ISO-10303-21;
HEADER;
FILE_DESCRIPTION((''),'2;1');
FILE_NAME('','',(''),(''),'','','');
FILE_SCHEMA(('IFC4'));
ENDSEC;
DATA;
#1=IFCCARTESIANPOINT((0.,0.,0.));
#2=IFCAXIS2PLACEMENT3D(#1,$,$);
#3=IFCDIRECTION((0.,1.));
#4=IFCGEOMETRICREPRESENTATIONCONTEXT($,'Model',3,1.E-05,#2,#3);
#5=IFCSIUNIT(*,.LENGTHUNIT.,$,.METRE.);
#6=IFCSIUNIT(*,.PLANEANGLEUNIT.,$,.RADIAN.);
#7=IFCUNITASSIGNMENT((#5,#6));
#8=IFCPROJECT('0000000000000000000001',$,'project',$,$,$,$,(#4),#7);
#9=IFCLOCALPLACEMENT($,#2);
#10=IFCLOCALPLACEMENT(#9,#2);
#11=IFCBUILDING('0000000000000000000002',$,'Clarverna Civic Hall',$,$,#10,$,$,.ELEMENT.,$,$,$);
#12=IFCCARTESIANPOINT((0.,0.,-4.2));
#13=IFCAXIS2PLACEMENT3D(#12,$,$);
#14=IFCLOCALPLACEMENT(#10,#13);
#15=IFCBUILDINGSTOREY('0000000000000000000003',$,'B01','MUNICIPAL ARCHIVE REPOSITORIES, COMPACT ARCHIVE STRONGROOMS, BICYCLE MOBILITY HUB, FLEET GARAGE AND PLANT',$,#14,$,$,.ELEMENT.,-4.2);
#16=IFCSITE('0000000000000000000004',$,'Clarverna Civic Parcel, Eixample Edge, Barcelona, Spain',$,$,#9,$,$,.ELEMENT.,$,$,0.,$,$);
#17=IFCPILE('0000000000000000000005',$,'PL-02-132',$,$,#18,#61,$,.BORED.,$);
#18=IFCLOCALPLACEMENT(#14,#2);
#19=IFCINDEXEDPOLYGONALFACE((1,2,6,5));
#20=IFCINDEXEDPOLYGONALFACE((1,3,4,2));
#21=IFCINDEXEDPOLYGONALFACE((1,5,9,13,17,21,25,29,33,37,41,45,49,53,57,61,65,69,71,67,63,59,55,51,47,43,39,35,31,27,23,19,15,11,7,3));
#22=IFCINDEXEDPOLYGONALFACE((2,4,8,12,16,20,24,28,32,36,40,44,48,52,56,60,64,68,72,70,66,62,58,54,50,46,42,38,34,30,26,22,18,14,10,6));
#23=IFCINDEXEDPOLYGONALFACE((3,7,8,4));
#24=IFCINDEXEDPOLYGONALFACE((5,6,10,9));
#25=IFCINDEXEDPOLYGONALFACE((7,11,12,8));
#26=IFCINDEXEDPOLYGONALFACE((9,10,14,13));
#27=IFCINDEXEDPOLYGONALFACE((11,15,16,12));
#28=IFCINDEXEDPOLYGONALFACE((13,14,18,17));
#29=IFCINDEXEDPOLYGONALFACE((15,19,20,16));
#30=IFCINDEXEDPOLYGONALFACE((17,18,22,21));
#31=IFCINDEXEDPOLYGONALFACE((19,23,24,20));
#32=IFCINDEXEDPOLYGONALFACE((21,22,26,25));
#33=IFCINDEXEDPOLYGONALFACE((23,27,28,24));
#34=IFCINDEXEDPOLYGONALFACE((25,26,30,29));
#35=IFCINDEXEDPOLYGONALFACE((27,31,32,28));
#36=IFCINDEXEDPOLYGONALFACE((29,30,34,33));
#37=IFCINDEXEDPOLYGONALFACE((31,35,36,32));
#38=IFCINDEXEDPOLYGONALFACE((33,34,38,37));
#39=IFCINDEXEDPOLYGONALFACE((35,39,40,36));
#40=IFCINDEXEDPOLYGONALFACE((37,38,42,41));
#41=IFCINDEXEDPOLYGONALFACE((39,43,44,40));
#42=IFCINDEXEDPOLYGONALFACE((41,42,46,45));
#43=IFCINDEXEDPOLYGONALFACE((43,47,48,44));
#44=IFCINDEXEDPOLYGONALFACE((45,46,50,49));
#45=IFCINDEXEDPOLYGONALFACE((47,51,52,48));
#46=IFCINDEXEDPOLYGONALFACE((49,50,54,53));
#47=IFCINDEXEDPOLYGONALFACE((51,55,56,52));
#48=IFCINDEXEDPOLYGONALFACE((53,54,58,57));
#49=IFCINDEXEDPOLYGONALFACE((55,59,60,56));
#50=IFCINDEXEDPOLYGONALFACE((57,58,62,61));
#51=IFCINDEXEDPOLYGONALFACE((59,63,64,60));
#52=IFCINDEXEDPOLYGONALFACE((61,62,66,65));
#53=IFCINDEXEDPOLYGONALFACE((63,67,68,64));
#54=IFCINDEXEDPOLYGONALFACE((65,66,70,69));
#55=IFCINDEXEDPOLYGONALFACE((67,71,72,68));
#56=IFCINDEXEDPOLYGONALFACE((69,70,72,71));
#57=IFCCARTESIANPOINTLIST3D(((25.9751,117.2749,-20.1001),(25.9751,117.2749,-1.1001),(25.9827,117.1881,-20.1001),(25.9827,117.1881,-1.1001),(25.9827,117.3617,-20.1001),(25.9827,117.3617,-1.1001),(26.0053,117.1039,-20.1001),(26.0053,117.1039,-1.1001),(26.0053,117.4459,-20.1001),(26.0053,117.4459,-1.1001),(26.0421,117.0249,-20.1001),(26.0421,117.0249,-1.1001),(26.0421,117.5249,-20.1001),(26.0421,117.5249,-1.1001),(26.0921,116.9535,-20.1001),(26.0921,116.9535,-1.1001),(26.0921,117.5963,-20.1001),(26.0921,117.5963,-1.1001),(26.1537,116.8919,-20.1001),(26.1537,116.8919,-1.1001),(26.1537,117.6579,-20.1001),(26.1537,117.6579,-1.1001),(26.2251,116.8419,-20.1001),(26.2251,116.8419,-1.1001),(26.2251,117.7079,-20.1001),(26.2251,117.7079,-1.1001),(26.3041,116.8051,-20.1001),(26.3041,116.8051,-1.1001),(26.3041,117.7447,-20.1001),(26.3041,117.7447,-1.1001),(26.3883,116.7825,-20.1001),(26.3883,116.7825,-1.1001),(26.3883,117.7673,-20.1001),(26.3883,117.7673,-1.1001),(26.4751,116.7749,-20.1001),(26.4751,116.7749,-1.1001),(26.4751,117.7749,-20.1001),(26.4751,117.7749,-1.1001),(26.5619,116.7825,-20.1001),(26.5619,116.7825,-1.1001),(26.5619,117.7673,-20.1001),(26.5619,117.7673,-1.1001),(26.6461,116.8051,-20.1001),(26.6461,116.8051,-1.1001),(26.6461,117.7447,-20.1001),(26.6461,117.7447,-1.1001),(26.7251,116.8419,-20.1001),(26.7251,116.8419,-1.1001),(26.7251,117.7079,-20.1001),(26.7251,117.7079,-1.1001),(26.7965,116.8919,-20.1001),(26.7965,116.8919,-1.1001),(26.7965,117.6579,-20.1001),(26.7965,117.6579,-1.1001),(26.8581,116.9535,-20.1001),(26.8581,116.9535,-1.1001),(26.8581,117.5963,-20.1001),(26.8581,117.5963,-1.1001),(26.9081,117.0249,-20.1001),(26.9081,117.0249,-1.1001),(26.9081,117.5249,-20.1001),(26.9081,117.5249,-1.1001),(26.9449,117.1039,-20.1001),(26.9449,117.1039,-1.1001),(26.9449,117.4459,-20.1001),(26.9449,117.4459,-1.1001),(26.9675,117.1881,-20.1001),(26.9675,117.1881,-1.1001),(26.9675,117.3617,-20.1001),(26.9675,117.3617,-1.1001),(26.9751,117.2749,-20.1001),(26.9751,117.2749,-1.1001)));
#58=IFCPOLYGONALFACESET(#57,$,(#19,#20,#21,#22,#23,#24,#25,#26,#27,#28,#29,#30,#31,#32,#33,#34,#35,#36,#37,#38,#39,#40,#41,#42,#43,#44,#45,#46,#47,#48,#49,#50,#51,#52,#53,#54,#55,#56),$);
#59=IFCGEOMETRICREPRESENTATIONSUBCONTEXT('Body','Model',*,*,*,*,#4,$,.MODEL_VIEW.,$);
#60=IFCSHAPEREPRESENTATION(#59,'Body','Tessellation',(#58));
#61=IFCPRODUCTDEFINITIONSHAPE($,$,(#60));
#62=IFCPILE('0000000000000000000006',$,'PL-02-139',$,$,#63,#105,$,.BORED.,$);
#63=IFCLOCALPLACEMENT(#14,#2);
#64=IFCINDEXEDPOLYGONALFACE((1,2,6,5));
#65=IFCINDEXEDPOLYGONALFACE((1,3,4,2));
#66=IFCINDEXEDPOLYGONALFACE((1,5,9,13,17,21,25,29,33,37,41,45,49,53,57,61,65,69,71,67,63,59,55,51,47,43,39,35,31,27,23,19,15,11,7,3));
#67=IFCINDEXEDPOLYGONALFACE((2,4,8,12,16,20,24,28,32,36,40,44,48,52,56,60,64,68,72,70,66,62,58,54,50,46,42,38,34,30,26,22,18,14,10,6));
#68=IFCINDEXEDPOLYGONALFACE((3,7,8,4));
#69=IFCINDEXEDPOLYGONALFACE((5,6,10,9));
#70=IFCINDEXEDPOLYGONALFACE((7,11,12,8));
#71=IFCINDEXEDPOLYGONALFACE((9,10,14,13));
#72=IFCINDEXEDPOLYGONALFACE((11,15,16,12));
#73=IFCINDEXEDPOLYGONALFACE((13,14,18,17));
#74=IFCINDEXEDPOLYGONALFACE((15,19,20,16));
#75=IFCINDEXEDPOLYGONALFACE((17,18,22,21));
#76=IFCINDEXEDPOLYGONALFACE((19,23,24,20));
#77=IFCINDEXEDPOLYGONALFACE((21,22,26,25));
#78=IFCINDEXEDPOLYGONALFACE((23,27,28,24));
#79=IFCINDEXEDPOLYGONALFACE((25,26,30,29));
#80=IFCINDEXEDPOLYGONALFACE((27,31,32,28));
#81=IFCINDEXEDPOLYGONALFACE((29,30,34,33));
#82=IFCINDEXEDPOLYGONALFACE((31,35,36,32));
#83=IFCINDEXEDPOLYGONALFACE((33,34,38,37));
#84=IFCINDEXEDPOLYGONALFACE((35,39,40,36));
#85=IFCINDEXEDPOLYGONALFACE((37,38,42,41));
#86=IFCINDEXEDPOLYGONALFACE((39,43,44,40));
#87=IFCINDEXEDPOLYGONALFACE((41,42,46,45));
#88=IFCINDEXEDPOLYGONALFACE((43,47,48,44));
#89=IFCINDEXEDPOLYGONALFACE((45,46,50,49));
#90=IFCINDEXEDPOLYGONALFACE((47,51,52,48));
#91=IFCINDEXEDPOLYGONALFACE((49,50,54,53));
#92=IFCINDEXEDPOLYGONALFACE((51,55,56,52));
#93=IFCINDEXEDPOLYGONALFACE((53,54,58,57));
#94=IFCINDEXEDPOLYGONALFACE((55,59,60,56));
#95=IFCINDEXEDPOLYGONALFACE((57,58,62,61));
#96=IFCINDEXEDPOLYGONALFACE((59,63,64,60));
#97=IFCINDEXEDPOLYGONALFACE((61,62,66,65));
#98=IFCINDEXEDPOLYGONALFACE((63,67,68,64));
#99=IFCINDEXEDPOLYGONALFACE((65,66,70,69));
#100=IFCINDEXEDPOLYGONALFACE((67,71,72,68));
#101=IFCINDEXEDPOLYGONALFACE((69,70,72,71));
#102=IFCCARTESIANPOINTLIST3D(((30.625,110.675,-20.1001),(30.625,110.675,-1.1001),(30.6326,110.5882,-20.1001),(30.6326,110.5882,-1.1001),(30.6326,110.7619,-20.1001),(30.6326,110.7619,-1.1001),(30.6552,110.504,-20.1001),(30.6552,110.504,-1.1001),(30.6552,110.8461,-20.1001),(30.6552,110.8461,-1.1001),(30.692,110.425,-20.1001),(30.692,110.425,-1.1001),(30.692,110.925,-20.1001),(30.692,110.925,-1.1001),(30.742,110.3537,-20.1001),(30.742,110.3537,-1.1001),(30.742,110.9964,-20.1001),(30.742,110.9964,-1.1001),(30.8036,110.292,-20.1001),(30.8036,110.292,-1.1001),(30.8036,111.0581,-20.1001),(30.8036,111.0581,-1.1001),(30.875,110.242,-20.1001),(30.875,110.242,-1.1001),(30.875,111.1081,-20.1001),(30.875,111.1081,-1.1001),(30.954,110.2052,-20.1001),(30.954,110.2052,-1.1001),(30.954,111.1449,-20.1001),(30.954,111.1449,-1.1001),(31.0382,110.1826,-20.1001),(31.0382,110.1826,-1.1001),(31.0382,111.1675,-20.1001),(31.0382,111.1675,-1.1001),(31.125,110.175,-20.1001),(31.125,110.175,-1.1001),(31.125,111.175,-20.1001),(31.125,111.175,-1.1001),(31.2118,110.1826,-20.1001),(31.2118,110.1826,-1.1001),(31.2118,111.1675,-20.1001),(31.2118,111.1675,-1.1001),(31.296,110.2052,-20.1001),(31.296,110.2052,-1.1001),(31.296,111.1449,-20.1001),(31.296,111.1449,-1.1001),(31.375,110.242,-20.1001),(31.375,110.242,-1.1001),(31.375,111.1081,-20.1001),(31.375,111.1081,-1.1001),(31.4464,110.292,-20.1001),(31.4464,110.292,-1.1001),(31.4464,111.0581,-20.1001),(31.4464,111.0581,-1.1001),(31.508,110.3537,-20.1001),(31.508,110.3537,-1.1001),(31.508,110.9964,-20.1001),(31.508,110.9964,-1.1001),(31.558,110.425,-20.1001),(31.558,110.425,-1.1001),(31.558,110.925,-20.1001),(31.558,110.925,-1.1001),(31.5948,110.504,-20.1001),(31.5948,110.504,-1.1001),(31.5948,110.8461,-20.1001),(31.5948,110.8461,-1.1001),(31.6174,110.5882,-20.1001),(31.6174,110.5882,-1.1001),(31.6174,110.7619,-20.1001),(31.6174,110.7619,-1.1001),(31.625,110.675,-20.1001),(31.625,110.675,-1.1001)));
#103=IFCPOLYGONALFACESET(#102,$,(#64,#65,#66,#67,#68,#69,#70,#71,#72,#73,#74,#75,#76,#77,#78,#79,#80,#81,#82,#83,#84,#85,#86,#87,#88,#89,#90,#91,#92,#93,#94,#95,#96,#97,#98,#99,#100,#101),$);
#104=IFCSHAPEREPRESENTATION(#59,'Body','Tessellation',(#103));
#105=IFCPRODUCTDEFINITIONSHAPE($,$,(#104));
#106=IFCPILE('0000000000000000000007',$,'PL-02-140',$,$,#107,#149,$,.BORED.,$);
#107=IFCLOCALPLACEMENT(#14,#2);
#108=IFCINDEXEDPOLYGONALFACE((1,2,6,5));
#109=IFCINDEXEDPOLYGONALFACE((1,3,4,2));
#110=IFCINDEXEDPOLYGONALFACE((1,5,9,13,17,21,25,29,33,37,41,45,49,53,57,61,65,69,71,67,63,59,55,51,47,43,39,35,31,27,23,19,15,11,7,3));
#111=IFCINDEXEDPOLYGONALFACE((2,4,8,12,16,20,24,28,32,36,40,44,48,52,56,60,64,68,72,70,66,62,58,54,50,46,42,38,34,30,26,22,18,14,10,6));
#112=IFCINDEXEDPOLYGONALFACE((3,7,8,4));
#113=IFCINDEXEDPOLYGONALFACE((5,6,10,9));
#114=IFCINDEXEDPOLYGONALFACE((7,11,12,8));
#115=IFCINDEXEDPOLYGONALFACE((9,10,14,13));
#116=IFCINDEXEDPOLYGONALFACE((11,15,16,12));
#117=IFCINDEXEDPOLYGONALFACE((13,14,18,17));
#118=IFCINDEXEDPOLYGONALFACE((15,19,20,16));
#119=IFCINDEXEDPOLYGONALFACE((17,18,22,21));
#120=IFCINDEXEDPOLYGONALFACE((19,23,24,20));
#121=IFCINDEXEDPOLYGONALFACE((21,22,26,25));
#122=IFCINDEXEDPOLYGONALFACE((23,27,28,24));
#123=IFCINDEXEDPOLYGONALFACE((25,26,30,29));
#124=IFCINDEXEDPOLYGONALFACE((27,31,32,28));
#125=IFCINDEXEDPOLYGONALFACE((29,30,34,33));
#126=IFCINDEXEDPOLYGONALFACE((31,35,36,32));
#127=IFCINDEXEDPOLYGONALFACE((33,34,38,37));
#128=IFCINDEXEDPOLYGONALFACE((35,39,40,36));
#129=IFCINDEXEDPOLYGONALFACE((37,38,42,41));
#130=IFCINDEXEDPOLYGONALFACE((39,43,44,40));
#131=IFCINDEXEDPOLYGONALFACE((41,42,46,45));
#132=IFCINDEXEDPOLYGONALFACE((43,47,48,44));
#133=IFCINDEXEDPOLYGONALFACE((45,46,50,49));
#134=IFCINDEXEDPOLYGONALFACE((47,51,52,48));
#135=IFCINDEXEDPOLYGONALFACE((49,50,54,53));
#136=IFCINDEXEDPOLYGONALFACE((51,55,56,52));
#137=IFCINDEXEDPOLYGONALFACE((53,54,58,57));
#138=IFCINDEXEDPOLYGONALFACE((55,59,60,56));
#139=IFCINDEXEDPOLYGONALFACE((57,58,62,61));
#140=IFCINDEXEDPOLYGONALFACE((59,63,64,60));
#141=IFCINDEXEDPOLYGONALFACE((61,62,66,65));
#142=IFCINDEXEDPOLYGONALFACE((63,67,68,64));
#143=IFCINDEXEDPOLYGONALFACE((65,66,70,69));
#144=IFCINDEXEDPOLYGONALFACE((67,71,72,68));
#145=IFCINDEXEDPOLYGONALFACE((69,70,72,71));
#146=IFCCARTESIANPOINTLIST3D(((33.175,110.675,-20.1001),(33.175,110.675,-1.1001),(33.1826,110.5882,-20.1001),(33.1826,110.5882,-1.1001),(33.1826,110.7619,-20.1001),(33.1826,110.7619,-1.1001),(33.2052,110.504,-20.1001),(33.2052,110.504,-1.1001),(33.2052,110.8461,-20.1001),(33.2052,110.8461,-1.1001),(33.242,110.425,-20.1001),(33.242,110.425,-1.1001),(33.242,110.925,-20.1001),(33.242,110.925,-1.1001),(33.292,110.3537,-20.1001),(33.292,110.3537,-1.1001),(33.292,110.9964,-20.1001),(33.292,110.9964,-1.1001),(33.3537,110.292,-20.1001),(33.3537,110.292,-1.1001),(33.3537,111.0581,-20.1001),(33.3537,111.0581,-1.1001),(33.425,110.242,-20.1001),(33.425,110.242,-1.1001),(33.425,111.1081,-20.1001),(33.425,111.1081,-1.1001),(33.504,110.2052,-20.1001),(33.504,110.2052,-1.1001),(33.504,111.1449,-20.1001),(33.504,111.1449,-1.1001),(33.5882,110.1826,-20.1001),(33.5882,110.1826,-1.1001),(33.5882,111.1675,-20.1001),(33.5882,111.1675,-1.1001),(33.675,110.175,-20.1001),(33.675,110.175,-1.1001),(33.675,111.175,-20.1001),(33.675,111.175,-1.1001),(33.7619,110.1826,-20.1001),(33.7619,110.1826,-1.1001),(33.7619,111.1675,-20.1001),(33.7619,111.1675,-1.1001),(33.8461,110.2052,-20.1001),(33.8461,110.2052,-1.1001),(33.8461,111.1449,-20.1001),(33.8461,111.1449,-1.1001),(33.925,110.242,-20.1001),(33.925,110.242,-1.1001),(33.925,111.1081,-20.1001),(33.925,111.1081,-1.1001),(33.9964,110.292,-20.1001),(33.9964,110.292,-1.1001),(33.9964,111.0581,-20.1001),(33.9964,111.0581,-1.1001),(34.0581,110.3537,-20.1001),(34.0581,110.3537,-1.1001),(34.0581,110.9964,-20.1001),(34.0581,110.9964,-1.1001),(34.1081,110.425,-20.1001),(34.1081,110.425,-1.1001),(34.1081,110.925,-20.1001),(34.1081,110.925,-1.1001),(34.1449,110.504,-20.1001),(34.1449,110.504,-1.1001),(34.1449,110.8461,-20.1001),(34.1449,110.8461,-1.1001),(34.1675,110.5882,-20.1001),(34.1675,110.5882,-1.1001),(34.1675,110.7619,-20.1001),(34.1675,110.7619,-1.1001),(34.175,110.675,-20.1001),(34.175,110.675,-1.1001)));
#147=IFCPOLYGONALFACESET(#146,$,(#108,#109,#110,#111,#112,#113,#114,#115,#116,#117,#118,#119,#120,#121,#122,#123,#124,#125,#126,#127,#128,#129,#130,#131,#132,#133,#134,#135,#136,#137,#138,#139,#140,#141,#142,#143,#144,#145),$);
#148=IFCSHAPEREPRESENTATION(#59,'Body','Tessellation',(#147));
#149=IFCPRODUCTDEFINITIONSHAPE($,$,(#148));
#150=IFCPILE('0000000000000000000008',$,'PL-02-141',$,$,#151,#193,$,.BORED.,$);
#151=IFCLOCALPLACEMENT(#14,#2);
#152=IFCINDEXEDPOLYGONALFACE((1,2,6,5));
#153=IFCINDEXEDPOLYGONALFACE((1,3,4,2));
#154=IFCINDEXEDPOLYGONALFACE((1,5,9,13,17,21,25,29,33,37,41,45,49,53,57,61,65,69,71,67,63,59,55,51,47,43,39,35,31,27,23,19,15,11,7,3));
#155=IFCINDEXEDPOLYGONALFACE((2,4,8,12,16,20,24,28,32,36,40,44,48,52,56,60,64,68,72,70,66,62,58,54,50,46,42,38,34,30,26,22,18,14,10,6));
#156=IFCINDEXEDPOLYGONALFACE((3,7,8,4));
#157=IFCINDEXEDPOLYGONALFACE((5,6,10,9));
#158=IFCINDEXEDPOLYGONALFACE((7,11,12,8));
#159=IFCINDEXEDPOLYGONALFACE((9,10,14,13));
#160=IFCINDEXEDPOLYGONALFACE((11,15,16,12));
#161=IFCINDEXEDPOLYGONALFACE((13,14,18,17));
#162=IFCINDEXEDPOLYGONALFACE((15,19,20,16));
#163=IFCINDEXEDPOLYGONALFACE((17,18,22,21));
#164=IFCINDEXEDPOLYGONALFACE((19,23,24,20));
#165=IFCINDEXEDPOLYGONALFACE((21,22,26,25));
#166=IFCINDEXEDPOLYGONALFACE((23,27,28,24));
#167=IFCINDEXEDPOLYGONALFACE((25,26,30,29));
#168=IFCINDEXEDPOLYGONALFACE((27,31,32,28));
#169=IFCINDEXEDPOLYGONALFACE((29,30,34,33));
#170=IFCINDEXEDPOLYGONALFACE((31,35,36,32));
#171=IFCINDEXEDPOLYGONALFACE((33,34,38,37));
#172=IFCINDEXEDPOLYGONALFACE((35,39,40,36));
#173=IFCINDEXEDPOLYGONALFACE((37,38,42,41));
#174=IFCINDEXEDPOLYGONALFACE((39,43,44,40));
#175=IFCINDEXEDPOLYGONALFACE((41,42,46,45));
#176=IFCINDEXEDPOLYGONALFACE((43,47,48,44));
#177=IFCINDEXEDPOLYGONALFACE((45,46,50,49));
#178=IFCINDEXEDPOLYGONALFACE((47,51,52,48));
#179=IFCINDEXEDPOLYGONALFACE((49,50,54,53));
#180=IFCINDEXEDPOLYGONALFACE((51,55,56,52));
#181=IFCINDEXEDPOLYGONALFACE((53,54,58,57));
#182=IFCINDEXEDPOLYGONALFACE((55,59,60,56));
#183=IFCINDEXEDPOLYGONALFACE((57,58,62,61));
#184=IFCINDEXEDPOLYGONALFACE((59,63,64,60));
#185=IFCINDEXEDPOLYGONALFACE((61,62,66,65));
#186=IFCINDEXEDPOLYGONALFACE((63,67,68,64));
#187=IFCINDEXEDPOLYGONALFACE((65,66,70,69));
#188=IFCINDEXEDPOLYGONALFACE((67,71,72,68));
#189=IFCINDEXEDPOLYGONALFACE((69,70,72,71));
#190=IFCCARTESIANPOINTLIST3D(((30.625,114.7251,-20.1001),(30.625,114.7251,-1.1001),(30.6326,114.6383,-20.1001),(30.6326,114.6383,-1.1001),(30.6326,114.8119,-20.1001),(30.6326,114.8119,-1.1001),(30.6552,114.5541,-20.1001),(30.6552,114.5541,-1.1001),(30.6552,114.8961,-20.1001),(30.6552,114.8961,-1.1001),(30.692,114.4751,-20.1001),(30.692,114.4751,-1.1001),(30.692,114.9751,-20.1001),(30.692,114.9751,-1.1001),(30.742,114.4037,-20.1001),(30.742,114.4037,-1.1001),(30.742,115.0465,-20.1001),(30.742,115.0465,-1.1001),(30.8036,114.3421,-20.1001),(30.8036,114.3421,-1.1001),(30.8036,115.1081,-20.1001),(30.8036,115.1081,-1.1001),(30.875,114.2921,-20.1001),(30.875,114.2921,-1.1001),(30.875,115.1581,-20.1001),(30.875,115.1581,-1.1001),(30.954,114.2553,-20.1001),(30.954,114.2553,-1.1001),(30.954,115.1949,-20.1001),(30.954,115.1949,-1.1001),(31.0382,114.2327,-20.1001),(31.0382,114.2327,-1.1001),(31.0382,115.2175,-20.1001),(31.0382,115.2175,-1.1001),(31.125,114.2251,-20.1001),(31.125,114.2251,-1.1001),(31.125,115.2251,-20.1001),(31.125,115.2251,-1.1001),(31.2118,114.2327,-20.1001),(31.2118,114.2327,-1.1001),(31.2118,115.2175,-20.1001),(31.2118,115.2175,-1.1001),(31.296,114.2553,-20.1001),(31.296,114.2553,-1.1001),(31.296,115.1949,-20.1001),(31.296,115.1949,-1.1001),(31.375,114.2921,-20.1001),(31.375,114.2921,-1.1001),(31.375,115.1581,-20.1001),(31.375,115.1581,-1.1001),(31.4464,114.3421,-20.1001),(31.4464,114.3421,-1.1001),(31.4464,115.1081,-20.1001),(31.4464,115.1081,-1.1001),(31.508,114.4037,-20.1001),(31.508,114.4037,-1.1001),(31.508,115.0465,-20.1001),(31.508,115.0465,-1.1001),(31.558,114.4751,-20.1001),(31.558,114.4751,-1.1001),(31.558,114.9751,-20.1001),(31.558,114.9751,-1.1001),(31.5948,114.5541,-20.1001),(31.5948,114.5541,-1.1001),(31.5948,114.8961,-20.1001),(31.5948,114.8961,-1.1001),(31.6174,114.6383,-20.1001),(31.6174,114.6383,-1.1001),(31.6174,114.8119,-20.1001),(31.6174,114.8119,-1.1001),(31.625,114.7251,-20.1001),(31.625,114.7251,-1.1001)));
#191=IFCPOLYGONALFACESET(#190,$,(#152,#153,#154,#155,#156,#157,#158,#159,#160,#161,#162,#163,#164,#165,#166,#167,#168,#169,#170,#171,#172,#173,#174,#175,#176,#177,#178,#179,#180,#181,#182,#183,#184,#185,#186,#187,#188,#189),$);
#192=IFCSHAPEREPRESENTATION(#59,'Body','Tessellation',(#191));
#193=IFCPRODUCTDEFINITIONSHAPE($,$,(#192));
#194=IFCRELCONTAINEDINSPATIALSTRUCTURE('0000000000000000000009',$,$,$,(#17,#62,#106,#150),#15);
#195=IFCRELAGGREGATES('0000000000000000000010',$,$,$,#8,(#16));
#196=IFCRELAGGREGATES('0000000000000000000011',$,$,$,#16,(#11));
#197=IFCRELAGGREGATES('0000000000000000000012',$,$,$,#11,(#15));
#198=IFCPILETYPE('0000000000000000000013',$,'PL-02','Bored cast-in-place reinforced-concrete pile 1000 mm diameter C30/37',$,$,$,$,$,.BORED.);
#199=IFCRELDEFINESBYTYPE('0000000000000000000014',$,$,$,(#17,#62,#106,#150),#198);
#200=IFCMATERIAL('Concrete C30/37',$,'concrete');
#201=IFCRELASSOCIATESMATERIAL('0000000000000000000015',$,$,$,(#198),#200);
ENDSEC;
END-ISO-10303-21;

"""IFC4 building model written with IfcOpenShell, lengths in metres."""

from ifc_helpers import new_model, si_unit, direction, frame, origin, origin_2d, place, context, subcontext, project, spatial, circle, extrude, material, material_profile, profile_set, type_object, element, save


model = new_model("IFC4")

# Units and contexts
model_context = context("Model", 3, precision=1e-05, world=origin(), true_north=direction((0.0, 1.0)))
body_context = subcontext(model_context, "Body", "Model", "MODEL_VIEW")
ifc_project = project(units=[si_unit("LENGTHUNIT", "METRE"), si_unit("PLANEANGLEUNIT", "RADIAN")], contexts=[model_context])

# Site, building, storey
site_placement = place(None, origin())
site = spatial("IfcSite", under=ifc_project, at=site_placement, Name="Clarverna Civic Parcel, Eixample Edge, Barcelona, Spain", CompositionType="ELEMENT", RefElevation=0.0)
building_placement = place(site_placement, origin())
building = spatial("IfcBuilding", under=site, at=building_placement, Name="Clarverna Civic Hall", CompositionType="ELEMENT")
storey_placement = place(building_placement, frame((0.0, 0.0, -4.2)))
storey = spatial("IfcBuildingStorey", under=building, at=storey_placement, Name="B01", Description="MUNICIPAL ARCHIVE REPOSITORIES, COMPACT ARCHIVE STRONGROOMS, BICYCLE MOBILITY HUB, FLEET GARAGE AND PLANT", CompositionType="ELEMENT", Elevation=-4.2)

# Shared definitions
ifc_material_1 = material(Name="Concrete C30/37", Category="concrete")

# Piles
ifc_material_profile_1 = material_profile(ifc_material_1, circle(Radius=0.5, at=origin_2d()), Name="BORED PILE D1000")
ifc_profile_set_1 = profile_set([ifc_material_profile_1], Name="Concrete C30/37")
pile_type = type_object("IfcPileType", Name="PL-02", Description="Bored cast-in-place reinforced-concrete pile 1000 mm diameter C30/37", PredefinedType="BORED", material=ifc_profile_set_1)
for number, where, z_axis, x_axis, name in (
    (1, (26.4751, 117.2749, -1.1001), (0.0, 0.0, -1.0), (1.0, 0.0, 0.0), "PL-02-132"),
    (2, (31.125, 110.675, -1.1001), (0.0, 0.0, -1.0), (1.0, 0.0, 0.0), "PL-02-139"),
    (3, (33.675, 110.675, -1.1001), (0.0, 0.0, -1.0), (1.0, 0.0, 0.0), "PL-02-140"),
    (4, (31.125, 114.7251, -1.1001), (0.0, 0.0, -1.0), (1.0, 0.0, 0.0), "PL-02-141"),
):
    element("IfcPile", number, at=place(storey_placement, frame(where, z_axis=z_axis, x_axis=x_axis)), inside=storey, type_object=pile_type, Name=name, PredefinedType="BORED", context=body_context, shape_type="SweptSolid", body=[
        extrude(circle(Radius=0.5, at=origin_2d()), origin(), (0.0, 0.0, 1.0), 19.0),
    ])

save(model, "model.ifc")
